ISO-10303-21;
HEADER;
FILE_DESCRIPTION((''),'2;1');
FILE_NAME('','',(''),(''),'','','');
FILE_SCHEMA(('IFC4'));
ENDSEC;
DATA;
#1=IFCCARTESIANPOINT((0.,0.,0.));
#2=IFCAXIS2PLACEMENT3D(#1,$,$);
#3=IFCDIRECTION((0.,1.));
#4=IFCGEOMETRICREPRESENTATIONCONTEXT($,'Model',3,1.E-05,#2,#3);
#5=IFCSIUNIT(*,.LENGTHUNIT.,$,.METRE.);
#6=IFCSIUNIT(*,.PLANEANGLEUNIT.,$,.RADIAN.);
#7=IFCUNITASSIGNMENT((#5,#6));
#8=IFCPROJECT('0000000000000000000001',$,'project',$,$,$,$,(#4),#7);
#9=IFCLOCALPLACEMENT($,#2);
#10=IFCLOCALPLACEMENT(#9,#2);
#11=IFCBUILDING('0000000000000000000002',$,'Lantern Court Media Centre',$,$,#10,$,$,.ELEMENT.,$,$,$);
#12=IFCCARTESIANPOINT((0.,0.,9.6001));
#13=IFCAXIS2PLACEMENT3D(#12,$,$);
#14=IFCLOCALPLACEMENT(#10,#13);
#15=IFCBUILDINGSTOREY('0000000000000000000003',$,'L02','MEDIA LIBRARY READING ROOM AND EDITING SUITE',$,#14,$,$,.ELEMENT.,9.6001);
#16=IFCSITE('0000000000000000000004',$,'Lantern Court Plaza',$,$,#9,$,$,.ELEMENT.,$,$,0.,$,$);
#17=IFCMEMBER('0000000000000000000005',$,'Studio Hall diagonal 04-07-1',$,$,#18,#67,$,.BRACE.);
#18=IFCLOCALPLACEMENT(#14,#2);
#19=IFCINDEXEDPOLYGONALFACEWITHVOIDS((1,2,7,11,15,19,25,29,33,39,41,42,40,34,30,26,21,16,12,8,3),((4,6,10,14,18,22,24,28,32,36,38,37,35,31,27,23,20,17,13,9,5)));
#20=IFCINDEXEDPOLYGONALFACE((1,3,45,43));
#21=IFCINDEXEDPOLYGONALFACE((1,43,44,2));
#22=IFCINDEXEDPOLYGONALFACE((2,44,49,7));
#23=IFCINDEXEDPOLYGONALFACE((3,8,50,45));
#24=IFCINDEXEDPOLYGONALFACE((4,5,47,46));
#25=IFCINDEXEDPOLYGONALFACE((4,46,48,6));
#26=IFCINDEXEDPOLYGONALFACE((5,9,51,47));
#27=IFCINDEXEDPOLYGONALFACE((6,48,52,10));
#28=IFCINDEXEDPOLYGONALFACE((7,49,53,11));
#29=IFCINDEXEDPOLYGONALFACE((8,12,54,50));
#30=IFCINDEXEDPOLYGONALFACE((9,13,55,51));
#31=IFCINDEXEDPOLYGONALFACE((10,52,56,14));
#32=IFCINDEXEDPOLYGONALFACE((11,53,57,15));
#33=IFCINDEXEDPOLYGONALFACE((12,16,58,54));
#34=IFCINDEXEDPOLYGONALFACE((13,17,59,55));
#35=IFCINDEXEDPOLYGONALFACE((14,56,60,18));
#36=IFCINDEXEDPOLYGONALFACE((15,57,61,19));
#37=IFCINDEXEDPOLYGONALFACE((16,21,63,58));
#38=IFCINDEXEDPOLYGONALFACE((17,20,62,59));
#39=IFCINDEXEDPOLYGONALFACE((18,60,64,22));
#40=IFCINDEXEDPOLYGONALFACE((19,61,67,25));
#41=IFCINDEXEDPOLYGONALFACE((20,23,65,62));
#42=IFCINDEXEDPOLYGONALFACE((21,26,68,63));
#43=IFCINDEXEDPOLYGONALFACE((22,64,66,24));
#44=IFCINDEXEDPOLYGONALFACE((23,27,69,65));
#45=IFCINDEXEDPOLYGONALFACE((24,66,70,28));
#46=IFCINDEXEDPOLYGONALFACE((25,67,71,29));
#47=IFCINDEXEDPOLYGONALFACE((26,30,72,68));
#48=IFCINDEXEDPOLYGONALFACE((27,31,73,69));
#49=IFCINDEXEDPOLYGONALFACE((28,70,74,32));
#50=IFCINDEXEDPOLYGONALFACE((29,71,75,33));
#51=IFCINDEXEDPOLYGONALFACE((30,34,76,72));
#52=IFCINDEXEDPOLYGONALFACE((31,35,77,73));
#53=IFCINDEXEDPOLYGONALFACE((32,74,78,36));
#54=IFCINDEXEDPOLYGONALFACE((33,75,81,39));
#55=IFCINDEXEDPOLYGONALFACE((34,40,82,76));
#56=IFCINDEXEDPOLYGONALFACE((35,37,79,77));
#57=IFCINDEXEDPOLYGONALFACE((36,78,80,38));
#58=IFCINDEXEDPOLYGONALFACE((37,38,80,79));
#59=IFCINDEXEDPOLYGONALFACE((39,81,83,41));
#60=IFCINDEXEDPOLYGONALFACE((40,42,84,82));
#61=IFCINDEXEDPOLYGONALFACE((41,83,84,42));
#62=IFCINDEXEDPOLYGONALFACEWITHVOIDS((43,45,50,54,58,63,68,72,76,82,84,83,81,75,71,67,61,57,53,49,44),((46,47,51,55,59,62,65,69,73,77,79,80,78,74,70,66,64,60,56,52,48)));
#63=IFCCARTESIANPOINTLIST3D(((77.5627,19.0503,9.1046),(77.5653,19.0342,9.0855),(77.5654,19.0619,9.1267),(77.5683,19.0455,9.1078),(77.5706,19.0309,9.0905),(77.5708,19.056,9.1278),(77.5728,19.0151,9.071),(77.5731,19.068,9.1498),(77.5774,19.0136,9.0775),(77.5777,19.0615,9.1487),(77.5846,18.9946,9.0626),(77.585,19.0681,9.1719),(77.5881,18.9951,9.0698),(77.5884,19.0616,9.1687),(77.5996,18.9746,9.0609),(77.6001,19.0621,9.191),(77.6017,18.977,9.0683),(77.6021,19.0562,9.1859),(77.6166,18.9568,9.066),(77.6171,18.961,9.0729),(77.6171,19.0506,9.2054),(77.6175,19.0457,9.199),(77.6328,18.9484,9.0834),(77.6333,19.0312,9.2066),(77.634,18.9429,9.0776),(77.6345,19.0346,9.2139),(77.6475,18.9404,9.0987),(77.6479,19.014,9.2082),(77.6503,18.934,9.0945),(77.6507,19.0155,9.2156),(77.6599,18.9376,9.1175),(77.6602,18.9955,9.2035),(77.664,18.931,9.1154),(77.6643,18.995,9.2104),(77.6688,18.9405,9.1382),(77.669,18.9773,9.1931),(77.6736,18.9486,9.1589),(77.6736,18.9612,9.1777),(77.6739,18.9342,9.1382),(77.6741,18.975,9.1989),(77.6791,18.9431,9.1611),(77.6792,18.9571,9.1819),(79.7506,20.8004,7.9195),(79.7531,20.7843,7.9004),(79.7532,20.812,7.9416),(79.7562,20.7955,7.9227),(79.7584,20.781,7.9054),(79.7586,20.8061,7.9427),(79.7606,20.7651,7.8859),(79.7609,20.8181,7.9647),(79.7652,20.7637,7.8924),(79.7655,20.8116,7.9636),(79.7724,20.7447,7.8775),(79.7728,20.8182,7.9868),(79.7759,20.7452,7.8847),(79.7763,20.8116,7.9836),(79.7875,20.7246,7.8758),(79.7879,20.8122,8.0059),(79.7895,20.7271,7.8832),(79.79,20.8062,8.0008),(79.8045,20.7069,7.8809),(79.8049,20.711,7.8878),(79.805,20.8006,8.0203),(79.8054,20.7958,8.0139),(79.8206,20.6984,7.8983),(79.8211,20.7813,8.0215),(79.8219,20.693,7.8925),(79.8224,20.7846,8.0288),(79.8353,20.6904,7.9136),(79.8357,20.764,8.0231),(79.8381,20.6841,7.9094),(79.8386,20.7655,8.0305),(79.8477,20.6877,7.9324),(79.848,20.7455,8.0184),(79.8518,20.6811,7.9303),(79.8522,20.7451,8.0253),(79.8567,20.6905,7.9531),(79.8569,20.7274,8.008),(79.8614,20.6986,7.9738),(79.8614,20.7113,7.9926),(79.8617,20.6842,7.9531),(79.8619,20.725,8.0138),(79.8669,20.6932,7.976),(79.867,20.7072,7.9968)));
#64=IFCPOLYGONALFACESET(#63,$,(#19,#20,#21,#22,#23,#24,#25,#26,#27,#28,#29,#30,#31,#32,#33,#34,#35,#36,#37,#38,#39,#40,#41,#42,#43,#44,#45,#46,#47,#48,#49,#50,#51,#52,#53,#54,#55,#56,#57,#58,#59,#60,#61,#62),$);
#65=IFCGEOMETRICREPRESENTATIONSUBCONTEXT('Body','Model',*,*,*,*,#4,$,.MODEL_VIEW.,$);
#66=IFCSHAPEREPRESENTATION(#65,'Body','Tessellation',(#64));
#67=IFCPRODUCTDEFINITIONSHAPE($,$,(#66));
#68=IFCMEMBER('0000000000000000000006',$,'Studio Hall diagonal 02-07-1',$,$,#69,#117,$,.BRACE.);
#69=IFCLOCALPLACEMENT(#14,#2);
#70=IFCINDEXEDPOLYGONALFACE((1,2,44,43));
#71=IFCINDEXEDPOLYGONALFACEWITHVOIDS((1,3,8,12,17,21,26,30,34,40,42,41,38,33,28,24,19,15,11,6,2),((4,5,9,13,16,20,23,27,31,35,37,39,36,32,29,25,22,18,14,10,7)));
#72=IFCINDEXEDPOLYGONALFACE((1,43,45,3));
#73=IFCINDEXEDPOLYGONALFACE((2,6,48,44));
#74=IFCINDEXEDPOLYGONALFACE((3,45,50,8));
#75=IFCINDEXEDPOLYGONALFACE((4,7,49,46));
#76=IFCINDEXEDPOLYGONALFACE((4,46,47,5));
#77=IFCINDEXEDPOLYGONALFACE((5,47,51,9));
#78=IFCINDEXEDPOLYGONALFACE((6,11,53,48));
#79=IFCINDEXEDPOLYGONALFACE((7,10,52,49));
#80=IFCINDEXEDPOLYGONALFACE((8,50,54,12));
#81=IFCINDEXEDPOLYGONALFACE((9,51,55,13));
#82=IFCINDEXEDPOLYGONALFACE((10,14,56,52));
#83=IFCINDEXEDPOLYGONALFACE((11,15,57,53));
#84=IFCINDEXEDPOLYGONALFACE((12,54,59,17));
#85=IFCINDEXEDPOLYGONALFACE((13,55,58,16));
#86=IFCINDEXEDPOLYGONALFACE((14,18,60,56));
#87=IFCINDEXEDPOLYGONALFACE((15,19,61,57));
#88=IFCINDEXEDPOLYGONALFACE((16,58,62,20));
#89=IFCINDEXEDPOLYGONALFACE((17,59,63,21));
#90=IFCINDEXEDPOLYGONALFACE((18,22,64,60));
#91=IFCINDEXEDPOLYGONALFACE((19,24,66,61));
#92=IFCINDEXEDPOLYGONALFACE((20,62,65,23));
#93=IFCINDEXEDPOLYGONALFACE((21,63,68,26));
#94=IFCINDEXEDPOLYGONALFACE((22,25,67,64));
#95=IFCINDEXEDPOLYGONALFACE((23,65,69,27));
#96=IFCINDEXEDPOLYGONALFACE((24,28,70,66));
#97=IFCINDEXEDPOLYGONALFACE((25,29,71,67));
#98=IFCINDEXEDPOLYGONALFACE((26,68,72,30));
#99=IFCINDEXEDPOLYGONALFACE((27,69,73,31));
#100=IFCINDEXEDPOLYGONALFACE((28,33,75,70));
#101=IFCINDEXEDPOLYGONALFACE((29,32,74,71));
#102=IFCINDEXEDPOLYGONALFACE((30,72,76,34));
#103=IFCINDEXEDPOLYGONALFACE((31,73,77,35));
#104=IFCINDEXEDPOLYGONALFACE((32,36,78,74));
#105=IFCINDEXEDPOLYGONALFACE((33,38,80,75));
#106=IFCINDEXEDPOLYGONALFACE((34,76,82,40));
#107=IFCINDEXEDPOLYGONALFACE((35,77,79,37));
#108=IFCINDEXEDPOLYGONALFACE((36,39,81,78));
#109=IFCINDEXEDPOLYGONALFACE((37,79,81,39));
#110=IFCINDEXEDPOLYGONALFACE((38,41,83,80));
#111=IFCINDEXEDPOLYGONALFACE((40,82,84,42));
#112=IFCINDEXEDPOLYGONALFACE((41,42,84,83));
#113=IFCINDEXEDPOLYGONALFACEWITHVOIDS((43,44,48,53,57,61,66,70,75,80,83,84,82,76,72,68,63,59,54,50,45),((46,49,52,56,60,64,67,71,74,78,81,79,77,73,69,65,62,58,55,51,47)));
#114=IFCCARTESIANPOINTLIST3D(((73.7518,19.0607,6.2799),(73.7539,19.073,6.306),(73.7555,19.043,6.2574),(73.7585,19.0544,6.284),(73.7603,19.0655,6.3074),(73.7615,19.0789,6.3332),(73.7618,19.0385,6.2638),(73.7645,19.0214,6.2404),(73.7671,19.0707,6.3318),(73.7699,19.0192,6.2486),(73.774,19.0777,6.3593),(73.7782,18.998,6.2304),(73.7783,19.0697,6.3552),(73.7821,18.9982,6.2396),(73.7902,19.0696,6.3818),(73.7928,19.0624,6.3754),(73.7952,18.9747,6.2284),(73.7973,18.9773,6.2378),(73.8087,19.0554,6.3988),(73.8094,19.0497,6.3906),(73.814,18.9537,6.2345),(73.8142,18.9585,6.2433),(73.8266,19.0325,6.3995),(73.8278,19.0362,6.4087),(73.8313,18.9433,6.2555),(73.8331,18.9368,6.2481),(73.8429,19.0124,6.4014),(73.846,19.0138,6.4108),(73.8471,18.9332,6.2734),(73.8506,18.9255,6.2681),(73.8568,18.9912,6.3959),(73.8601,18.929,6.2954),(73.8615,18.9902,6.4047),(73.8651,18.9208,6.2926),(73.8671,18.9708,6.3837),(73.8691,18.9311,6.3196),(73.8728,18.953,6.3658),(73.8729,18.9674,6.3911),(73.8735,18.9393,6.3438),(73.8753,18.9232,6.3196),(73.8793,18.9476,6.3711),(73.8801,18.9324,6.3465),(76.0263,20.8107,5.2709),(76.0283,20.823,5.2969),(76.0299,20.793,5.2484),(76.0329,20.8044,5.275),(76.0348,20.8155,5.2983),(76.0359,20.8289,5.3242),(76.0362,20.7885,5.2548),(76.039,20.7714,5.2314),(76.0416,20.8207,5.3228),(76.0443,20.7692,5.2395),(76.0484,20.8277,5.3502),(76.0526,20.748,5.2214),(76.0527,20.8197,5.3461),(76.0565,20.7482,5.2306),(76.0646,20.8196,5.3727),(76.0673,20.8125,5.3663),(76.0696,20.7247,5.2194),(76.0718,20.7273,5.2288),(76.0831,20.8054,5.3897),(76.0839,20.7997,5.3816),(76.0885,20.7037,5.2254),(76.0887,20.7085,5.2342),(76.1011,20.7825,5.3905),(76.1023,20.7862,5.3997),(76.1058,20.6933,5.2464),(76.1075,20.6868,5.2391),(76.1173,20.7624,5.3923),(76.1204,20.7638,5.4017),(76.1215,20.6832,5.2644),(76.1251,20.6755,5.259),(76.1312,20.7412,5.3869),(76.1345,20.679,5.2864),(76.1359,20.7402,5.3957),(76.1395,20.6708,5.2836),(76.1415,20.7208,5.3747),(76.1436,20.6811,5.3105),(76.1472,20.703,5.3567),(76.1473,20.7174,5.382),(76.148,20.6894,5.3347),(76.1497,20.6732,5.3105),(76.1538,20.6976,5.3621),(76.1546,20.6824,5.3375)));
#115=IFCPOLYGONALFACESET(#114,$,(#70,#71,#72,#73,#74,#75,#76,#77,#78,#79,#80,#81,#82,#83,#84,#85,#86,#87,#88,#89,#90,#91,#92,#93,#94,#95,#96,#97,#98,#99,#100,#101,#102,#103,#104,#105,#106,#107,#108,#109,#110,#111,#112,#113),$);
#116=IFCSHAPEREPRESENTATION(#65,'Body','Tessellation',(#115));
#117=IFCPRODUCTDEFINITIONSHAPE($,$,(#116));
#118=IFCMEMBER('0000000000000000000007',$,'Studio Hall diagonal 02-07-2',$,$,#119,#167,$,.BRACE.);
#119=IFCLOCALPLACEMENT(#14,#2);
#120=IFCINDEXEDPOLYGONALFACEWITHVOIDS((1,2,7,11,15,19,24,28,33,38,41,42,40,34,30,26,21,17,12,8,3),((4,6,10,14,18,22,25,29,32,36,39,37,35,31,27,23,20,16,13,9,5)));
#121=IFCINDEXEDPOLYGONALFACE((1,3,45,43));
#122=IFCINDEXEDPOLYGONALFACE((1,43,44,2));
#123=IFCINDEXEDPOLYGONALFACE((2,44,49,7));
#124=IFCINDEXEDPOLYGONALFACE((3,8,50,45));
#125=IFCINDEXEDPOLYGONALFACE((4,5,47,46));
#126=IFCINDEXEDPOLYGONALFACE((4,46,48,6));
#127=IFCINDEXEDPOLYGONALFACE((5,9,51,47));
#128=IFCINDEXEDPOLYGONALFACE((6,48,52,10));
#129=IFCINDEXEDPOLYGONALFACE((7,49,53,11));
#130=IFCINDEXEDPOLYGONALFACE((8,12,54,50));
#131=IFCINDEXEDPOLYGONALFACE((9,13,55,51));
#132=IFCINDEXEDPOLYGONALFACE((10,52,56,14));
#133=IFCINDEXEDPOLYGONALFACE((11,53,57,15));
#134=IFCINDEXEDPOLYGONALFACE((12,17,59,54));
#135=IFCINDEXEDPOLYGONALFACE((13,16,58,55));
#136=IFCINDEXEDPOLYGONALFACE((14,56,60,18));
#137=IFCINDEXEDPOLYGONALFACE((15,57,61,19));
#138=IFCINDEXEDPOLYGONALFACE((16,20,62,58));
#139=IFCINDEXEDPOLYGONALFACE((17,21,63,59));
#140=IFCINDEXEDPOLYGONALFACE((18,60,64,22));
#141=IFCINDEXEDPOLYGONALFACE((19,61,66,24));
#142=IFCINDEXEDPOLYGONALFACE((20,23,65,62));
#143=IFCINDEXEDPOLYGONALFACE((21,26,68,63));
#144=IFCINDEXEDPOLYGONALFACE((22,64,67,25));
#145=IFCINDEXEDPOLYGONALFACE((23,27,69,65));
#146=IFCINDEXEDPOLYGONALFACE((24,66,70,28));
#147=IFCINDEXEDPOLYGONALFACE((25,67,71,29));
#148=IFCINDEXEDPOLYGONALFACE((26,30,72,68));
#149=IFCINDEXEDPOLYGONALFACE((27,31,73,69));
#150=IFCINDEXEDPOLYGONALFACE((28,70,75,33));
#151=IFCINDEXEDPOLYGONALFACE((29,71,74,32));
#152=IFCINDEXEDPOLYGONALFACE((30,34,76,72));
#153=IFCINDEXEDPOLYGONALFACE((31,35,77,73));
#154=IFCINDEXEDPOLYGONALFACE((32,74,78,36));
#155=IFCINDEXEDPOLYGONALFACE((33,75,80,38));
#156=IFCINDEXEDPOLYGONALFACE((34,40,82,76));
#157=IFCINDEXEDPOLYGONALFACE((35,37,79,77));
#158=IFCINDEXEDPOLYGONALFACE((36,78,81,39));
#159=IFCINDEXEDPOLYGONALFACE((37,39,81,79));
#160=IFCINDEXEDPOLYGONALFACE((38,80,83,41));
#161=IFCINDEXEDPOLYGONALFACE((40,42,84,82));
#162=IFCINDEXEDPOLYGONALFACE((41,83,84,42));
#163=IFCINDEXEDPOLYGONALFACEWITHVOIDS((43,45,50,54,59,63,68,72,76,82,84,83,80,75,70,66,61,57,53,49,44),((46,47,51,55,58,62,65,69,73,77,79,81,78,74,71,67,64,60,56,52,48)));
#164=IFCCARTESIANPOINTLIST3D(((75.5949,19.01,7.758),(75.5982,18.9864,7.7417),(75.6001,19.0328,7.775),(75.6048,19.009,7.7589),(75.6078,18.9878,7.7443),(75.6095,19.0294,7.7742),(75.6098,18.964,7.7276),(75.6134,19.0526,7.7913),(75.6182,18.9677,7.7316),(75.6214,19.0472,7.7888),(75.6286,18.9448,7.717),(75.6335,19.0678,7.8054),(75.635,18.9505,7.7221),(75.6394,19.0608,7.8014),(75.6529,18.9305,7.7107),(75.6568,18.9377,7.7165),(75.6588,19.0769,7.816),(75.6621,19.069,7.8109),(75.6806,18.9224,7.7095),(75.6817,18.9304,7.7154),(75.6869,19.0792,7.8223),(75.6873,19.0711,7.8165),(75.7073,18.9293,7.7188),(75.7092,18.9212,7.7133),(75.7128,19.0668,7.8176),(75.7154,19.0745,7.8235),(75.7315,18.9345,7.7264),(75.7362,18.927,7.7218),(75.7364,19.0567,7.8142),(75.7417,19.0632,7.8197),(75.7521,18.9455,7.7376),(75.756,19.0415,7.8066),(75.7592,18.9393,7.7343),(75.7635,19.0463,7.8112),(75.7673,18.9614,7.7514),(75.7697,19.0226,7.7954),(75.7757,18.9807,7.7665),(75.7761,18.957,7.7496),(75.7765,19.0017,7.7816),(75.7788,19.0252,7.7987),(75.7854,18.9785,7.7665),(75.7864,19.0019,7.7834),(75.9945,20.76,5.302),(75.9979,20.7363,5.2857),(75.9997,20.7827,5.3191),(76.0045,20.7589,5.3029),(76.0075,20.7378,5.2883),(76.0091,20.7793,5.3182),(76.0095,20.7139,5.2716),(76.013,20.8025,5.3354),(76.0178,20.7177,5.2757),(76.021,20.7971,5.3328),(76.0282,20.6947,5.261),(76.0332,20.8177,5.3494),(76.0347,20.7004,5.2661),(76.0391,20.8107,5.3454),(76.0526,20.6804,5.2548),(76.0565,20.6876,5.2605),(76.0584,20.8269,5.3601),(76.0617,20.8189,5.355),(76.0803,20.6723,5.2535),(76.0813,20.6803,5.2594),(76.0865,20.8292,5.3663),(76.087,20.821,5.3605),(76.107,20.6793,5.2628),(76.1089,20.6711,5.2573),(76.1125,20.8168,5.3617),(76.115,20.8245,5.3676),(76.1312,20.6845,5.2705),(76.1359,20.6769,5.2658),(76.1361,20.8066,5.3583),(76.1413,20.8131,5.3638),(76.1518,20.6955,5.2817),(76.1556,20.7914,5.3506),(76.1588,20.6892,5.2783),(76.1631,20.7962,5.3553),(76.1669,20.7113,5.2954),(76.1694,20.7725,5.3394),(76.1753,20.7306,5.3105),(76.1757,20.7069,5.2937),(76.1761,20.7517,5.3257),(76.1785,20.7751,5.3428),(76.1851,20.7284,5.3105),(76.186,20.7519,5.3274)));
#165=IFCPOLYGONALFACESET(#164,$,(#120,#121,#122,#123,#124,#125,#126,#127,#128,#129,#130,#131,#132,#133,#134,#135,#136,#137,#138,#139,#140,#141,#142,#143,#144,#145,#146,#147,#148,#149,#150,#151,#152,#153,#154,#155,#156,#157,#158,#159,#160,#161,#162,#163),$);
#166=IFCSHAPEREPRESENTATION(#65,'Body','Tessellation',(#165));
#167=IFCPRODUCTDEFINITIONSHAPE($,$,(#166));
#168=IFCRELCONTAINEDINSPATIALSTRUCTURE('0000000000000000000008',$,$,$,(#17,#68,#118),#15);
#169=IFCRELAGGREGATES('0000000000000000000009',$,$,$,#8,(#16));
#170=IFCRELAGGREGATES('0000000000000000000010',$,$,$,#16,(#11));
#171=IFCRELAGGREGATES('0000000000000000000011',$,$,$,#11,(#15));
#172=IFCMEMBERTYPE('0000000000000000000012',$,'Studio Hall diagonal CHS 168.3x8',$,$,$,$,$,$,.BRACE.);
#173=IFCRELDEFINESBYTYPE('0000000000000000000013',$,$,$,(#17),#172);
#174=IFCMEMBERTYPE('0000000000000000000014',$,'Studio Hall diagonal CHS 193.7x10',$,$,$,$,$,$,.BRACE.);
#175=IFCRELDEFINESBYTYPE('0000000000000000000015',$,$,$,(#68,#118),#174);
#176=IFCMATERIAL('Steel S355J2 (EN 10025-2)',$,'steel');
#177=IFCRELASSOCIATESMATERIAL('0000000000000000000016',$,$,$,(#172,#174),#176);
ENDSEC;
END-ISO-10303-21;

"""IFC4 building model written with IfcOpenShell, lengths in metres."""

from ifc_helpers import new_model, si_unit, direction, frame, origin, origin_2d, place, context, subcontext, project, spatial, hollow_circle, extrude, material, material_profile, profile_set, type_object, element, save


model = new_model("IFC4")

# Units and contexts
model_context = context("Model", 3, precision=1e-05, world=origin(), true_north=direction((0.0, 1.0)))
body_context = subcontext(model_context, "Body", "Model", "MODEL_VIEW")
ifc_project = project(units=[si_unit("LENGTHUNIT", "METRE"), si_unit("PLANEANGLEUNIT", "RADIAN")], contexts=[model_context])

# Site, building, storey
site_placement = place(None, origin())
site = spatial("IfcSite", under=ifc_project, at=site_placement, Name="Lantern Court Plaza", CompositionType="ELEMENT", RefElevation=0.0)
building_placement = place(site_placement, origin())
building = spatial("IfcBuilding", under=site, at=building_placement, Name="Lantern Court Media Centre", CompositionType="ELEMENT")
storey_placement = place(building_placement, frame((0.0, 0.0, 9.6001)))
storey = spatial("IfcBuildingStorey", under=building, at=storey_placement, Name="L02", Description="MEDIA LIBRARY READING ROOM AND EDITING SUITE", CompositionType="ELEMENT", Elevation=9.6001)

# Members
ifc_material = material(Name="Steel S355J2 (EN 10025-2)", Category="steel")
ifc_material_profile_1 = material_profile(ifc_material, hollow_circle(Radius=0.0842, WallThickness=0.0081, at=origin_2d()), Name="Studio Hall diagonal CHS 168.3x8")
ifc_profile_set_1 = profile_set([ifc_material_profile_1], Name="Steel S355J2 (EN 10025-2)")
member_type_1 = type_object("IfcMemberType", Name="Studio Hall diagonal CHS 168.3x8", PredefinedType="BRACE", material=ifc_profile_set_1)
member_1_placement = place(storey_placement, frame((79.8091, 20.75, 7.9531), z_axis=(-0.719206, -0.5753, 0.38958), x_axis=(0.624653, -0.780903, 0.0)))
element("IfcMember", 1, at=member_1_placement, inside=storey, type_object=member_type_1, Name="Studio Hall diagonal 04-07-1", PredefinedType="BRACE", context=body_context, shape_type="SweptSolid", body=[
    extrude(hollow_circle(Radius=0.0842, WallThickness=0.0081, at=origin_2d()), origin(), (0.0, 0.0, 1.0), 3.042),
])
ifc_material_profile_2 = material_profile(ifc_material, hollow_circle(Radius=0.0969, WallThickness=0.01, at=origin_2d()), Name="Studio Hall diagonal CHS 193.7x10")
ifc_profile_set_2 = profile_set([ifc_material_profile_2], Name="Steel S355J2 (EN 10025-2)")
member_type_2 = type_object("IfcMemberType", Name="Studio Hall diagonal CHS 193.7x10", PredefinedType="BRACE", material=ifc_profile_set_2)
for number, where, z_axis, x_axis, name in (
    (2, (76.0906, 20.75, 5.3105), (-0.747677, -0.575284, 0.331703), (0.609809, -0.792548, 0.0), "Studio Hall diagonal 02-07-1"),
    (3, (76.0906, 20.75, 5.3105), (-0.131375, -0.575259, 0.807352), (0.9749, -0.222644, 0.0), "Studio Hall diagonal 02-07-2"),
):
    element("IfcMember", number, at=place(storey_placement, frame(where, z_axis=z_axis, x_axis=x_axis)), inside=storey, type_object=member_type_2, Name=name, PredefinedType="BRACE", context=body_context, shape_type="SweptSolid", body=[
        extrude(hollow_circle(Radius=0.0969, WallThickness=0.01, at=origin_2d()), origin(), (0.0, 0.0, 1.0), 3.042),
    ])

save(model, "model.ifc")
